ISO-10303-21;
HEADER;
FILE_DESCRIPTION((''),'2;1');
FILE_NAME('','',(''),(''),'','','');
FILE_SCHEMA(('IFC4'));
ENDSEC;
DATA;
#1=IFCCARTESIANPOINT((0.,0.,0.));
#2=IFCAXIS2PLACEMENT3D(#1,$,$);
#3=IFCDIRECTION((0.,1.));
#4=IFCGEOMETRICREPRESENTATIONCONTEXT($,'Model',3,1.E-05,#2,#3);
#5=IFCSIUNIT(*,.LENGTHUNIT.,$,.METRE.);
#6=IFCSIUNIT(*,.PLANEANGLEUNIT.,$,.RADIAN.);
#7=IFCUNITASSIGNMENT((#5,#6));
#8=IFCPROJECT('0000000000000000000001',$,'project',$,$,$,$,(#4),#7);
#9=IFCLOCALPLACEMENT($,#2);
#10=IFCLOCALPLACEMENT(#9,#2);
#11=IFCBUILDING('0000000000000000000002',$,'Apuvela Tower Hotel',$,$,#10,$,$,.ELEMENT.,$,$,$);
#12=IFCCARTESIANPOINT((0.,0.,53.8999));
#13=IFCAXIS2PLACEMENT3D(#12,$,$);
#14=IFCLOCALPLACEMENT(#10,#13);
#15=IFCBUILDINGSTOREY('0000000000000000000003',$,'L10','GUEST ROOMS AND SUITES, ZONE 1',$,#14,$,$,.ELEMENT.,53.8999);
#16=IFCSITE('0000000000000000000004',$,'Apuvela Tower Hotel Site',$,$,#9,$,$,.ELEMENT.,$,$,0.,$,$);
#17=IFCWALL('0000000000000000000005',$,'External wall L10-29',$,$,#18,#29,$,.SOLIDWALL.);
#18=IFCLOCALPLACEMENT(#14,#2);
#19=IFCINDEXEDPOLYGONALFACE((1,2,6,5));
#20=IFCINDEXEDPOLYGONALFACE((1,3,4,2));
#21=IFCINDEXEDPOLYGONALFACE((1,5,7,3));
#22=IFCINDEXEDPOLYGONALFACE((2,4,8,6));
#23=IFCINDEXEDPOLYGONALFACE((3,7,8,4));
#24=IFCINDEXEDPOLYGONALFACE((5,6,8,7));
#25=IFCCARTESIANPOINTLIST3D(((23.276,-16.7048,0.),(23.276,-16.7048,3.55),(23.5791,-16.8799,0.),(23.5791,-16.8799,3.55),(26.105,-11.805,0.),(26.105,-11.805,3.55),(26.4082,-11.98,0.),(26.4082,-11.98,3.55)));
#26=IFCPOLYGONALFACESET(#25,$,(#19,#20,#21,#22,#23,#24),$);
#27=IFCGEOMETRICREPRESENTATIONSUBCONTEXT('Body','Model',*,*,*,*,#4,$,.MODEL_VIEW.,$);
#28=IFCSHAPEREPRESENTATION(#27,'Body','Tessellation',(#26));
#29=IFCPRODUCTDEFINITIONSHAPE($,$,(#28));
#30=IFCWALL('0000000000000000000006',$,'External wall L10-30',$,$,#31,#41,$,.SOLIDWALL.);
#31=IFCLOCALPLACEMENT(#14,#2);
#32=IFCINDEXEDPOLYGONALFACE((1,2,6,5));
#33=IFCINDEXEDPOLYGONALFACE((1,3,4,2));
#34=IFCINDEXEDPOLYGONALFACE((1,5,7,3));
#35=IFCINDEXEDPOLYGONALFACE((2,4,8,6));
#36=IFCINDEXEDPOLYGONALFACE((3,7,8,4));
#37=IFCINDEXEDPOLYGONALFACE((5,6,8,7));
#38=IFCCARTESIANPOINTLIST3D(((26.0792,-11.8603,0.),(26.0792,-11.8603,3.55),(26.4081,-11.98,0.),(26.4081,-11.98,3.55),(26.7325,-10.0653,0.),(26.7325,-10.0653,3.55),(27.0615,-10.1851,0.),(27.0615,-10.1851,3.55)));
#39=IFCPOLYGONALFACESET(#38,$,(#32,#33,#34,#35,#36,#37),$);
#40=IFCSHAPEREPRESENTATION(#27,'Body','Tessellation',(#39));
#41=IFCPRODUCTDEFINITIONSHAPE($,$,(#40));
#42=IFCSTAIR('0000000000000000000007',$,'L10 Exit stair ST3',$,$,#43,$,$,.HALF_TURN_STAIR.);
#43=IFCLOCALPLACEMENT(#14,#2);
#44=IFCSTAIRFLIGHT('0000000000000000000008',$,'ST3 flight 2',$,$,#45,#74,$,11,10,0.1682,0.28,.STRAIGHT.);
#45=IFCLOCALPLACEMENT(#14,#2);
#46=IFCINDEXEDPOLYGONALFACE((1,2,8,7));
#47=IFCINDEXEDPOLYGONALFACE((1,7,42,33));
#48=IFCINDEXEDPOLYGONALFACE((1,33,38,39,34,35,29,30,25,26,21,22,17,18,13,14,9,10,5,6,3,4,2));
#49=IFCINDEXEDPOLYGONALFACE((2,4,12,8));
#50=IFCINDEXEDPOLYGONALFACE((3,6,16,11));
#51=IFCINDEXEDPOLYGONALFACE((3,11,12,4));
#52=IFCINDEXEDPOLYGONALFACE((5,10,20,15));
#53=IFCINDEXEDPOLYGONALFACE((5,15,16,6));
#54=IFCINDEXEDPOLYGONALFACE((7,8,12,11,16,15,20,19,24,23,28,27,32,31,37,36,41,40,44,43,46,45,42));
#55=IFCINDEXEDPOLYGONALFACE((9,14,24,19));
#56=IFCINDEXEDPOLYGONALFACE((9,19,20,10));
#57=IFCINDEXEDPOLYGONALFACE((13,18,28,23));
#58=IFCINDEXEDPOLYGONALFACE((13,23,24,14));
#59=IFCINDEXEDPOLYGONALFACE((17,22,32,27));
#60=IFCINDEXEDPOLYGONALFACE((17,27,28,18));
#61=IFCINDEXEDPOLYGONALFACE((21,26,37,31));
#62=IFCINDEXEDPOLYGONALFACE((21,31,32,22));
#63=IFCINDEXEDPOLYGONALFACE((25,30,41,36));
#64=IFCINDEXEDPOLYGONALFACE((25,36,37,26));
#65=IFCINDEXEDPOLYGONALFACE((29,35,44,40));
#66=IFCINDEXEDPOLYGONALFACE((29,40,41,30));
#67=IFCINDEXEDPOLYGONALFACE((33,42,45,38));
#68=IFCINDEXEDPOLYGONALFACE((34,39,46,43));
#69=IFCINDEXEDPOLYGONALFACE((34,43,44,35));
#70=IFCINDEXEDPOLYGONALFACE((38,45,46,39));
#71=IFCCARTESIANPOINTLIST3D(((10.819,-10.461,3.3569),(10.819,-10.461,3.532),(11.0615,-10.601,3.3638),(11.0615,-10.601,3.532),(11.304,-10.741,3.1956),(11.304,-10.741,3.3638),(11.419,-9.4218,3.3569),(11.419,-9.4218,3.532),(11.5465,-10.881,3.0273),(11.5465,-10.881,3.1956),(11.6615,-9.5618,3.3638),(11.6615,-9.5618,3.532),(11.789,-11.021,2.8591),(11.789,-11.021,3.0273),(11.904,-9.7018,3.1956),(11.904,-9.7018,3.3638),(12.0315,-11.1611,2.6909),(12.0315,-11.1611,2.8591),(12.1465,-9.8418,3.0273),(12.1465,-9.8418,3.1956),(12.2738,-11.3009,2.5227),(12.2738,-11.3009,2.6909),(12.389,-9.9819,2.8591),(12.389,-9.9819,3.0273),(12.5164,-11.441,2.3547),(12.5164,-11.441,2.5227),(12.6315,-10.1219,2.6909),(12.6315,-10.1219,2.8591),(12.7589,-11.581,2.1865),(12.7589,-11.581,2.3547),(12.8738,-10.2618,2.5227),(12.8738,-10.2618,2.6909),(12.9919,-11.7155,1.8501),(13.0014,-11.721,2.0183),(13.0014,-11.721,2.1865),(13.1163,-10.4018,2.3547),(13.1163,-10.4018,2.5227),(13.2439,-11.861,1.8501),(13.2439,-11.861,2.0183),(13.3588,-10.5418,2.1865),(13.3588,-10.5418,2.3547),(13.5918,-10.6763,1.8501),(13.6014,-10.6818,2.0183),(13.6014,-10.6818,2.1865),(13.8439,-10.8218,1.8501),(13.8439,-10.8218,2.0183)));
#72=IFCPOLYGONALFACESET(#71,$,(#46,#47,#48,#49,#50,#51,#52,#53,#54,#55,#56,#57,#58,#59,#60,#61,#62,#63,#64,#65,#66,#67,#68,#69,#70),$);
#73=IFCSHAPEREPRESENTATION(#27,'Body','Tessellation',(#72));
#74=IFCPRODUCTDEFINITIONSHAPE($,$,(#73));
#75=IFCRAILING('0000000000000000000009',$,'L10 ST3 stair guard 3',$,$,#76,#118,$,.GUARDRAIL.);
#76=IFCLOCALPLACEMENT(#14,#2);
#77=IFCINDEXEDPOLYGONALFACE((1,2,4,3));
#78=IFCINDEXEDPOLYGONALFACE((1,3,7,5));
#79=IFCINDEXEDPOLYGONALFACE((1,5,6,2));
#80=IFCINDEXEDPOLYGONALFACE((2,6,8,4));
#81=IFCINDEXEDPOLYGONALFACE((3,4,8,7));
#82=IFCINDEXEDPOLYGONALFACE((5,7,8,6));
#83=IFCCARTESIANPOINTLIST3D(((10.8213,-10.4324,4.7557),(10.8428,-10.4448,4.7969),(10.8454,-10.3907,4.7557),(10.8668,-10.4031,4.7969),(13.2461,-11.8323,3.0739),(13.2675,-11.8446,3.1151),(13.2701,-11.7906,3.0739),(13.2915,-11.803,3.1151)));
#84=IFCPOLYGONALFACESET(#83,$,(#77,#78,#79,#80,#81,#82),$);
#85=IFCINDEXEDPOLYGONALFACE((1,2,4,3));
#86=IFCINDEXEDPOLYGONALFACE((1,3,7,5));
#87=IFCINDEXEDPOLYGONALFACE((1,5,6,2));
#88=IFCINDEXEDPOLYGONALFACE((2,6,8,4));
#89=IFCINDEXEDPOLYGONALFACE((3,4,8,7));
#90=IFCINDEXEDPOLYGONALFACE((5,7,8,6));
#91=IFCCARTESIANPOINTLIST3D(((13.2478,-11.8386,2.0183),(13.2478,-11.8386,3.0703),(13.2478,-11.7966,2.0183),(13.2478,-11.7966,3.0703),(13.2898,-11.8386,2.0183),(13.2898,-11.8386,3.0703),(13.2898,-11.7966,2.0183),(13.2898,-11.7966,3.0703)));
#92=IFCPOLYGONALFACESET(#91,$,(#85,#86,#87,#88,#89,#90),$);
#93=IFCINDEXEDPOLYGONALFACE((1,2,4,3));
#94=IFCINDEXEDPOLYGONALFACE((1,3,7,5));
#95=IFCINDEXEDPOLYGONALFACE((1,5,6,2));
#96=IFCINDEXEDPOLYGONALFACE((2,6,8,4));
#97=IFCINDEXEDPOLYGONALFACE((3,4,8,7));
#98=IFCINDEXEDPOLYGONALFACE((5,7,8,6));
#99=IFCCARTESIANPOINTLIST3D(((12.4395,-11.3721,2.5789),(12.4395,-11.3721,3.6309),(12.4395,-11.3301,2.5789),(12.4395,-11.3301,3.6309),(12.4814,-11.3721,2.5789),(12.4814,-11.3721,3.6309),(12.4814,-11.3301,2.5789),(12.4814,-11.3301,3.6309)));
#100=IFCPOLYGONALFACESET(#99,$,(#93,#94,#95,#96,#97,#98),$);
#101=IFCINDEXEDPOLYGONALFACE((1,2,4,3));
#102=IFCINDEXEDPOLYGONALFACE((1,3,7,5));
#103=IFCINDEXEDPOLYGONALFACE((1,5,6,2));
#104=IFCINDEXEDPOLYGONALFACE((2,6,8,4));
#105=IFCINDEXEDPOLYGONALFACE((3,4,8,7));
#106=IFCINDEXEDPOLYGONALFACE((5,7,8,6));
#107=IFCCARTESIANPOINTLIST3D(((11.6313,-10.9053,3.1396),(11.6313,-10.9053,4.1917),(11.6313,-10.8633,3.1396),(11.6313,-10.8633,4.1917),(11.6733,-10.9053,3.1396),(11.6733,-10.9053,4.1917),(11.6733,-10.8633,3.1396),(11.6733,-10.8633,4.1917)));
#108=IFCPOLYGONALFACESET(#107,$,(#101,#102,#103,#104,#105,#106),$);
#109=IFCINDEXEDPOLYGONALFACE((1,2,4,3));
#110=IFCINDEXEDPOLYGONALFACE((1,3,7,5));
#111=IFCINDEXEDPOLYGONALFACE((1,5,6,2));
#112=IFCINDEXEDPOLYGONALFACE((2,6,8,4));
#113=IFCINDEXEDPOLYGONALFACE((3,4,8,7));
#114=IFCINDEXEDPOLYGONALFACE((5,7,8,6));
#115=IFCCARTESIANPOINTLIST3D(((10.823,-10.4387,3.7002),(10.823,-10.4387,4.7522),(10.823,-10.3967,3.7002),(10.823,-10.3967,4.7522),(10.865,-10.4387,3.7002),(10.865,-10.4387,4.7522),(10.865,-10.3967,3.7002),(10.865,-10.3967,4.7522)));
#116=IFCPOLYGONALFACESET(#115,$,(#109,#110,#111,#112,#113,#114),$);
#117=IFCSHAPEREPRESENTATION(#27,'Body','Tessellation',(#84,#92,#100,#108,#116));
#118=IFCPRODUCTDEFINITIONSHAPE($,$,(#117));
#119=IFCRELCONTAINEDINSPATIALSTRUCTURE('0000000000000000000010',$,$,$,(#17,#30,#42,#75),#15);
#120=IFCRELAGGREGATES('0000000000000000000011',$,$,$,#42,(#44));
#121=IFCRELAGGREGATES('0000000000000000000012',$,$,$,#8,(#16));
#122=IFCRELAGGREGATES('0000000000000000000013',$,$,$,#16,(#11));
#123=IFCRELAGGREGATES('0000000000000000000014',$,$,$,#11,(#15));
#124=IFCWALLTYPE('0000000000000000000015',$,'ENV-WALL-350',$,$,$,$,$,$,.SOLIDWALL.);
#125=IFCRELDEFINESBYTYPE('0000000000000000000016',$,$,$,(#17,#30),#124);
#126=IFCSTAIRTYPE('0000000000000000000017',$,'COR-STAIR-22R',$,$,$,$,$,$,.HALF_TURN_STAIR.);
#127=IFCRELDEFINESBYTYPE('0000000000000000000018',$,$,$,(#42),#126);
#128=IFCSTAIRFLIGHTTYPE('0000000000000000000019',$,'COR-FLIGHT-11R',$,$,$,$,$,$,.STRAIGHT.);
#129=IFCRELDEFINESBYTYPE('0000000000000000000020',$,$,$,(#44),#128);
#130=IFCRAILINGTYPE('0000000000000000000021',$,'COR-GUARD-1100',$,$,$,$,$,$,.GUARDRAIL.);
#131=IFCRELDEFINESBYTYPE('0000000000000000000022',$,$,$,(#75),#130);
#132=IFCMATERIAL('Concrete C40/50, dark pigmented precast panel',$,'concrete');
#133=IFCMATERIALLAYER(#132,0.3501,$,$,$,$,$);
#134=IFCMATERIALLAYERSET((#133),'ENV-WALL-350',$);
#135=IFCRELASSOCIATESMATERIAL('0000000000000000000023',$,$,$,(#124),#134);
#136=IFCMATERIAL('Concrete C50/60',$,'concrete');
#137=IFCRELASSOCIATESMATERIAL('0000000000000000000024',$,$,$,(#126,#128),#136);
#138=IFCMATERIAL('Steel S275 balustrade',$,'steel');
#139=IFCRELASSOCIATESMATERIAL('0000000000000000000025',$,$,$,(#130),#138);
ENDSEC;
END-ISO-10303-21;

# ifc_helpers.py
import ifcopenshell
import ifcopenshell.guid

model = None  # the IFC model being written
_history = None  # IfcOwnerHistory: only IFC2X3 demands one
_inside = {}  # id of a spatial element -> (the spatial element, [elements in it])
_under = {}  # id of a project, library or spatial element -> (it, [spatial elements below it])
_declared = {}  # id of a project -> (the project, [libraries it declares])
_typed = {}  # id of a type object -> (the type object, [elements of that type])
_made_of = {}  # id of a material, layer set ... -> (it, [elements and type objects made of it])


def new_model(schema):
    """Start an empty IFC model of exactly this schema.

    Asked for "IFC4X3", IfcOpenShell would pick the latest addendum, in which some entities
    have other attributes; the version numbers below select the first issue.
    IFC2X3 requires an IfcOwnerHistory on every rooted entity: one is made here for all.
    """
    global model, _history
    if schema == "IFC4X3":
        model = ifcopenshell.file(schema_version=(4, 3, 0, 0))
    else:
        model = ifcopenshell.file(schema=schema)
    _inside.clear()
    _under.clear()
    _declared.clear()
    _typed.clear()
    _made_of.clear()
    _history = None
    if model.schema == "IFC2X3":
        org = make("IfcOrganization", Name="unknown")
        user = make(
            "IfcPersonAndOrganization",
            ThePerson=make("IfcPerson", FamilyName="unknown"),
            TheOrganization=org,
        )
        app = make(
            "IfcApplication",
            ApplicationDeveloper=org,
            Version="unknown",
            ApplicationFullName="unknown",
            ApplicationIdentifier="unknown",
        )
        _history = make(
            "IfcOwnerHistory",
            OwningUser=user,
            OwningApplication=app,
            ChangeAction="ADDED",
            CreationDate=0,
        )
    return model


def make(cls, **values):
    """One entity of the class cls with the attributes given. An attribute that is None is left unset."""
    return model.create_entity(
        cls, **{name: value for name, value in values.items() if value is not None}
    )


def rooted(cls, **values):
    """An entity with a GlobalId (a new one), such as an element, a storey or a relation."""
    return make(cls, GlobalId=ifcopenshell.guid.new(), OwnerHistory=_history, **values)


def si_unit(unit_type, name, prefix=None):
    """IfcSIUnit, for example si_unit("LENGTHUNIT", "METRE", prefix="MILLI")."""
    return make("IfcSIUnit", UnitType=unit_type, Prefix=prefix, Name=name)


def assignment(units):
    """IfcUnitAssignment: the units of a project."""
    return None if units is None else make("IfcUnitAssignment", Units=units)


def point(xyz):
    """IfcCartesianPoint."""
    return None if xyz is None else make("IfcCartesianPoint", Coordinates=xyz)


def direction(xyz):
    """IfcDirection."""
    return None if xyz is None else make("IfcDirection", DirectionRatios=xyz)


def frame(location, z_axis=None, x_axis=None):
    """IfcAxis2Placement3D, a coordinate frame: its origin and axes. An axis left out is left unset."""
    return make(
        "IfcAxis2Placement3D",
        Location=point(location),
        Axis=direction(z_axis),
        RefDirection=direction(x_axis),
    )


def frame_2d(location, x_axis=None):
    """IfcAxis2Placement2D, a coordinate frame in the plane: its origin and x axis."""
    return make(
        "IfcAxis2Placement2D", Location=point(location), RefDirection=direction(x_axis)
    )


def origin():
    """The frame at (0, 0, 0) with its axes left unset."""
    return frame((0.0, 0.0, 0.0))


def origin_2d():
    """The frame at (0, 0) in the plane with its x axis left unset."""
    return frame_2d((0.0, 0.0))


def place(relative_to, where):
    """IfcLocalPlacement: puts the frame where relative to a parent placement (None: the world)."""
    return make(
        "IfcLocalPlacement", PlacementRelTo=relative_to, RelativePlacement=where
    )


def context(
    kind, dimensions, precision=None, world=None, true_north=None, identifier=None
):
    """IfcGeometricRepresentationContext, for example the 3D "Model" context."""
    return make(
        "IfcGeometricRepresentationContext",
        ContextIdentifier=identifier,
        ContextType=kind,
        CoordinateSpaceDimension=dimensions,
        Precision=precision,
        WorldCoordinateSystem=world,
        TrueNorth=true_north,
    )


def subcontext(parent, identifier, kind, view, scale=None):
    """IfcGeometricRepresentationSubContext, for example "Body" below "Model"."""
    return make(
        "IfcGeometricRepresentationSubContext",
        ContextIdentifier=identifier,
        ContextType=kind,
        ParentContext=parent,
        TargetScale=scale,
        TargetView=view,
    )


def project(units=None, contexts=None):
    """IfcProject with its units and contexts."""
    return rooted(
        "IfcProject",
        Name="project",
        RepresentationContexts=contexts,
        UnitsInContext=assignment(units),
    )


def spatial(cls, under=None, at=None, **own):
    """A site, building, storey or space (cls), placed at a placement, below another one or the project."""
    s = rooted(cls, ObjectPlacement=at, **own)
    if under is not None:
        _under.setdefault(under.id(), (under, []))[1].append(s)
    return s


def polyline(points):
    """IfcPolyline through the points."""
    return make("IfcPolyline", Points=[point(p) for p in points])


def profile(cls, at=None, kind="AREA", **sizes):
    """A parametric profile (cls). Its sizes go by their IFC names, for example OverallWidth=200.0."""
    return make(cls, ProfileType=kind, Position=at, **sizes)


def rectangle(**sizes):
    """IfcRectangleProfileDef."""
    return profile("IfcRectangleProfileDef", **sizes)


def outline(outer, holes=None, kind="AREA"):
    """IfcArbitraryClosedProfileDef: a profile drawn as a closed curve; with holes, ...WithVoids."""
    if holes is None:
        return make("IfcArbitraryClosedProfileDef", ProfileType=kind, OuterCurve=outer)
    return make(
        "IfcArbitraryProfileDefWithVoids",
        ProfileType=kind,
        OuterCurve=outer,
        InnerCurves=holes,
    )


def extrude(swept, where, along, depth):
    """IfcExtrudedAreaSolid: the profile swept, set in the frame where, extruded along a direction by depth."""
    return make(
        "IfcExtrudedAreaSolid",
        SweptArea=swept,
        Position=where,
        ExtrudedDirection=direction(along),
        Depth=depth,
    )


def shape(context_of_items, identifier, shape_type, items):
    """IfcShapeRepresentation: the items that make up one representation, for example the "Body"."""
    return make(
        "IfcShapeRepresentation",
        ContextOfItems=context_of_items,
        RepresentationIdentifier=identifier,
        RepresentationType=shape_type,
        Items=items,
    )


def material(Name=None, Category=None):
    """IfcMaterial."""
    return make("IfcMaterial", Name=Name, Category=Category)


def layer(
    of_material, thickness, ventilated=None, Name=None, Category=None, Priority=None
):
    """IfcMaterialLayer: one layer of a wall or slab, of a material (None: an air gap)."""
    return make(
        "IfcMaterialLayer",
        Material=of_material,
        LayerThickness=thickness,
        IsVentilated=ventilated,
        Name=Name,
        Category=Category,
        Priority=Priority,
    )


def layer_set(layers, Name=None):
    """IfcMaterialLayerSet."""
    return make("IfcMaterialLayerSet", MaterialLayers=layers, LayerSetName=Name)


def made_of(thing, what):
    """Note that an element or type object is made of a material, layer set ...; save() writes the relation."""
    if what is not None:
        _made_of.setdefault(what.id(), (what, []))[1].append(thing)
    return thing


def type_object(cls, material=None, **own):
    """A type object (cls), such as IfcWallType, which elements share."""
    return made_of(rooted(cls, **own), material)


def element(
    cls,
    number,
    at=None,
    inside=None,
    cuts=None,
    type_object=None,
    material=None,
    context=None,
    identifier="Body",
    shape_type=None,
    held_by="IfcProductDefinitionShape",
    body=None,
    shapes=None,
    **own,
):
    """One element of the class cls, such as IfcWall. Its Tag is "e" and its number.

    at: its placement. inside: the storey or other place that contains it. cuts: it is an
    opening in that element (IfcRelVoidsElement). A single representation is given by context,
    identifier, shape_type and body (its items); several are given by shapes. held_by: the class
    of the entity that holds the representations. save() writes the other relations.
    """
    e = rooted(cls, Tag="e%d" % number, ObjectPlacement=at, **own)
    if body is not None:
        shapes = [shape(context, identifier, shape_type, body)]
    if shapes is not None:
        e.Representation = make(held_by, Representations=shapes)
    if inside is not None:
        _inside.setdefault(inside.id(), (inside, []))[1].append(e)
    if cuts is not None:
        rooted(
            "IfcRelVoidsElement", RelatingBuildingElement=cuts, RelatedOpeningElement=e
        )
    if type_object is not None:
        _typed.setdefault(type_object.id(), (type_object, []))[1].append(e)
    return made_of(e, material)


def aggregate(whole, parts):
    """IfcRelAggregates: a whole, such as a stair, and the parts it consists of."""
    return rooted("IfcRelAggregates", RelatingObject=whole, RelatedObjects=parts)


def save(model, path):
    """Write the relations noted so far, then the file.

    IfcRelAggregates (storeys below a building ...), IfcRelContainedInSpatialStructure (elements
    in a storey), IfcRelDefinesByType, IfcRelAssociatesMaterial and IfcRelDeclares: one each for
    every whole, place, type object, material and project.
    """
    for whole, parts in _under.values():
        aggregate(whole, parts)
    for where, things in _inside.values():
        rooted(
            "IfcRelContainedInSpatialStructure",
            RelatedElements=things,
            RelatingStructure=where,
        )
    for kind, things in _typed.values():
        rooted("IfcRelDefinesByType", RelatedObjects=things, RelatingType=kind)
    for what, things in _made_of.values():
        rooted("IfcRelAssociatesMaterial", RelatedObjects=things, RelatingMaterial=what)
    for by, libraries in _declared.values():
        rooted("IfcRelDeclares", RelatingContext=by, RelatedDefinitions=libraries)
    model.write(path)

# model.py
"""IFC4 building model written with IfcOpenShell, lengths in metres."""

from ifc_helpers import new_model, si_unit, direction, frame, frame_2d, origin, origin_2d, place, context, subcontext, project, spatial, polyline, rectangle, outline, extrude, material, layer, layer_set, type_object, element, aggregate, save


model = new_model("IFC4")

# Units and contexts
model_context = context("Model", 3, precision=1e-05, world=origin(), true_north=direction((0.0, 1.0)))
body_context = subcontext(model_context, "Body", "Model", "MODEL_VIEW")
ifc_project = project(units=[si_unit("LENGTHUNIT", "METRE"), si_unit("PLANEANGLEUNIT", "RADIAN")], contexts=[model_context])

# Site, building, storey
site_placement = place(None, origin())
site = spatial("IfcSite", under=ifc_project, at=site_placement, Name="Apuvela Tower Hotel Site", CompositionType="ELEMENT", RefElevation=0.0)
building_placement = place(site_placement, origin())
building = spatial("IfcBuilding", under=site, at=building_placement, Name="Apuvela Tower Hotel", CompositionType="ELEMENT")
storey_placement = place(building_placement, frame((0.0, 0.0, 53.8999)))
storey = spatial("IfcBuildingStorey", under=building, at=storey_placement, Name="L10", Description="GUEST ROOMS AND SUITES, ZONE 1", CompositionType="ELEMENT", Elevation=53.8999)

# Shared definitions
ifc_material_1 = material(Name="Concrete C50/60", Category="concrete")

# Shared definitions
ifc_material_2 = material(Name="Concrete C40/50, dark pigmented precast panel", Category="concrete")
ifc_layer_1 = layer(ifc_material_2, 0.3501)
ifc_layer_set_1 = layer_set([ifc_layer_1], Name="ENV-WALL-350")
wall_type_1 = type_object("IfcWallType", Name="ENV-WALL-350", PredefinedType="SOLIDWALL", material=ifc_layer_set_1)

# Walls
wall_1_placement = place(storey_placement, frame((23.4275, -16.7925, 0.0), z_axis=(0.0, 0.0, 1.0), x_axis=(0.500019, 0.866015, 0.0)))
element("IfcWall", 1, at=wall_1_placement, inside=storey, type_object=wall_type_1, Name="External wall L10-29", PredefinedType="SOLIDWALL", context=body_context, shape_type="SweptSolid", body=[
    extrude(rectangle(XDim=5.658, YDim=0.3501, at=frame_2d((2.8291, 0.0))), origin(), (0.0, 0.0, 1.0), 3.55),
])
wall_2_placement = place(storey_placement, frame((26.2437, -11.9202, 0.0), z_axis=(0.0, 0.0, 1.0), x_axis=(0.34203, 0.939689, 0.0)))
element("IfcWall", 2, at=wall_2_placement, inside=storey, type_object=wall_type_1, Name="External wall L10-30", PredefinedType="SOLIDWALL", context=body_context, shape_type="SweptSolid", body=[
    extrude(rectangle(XDim=1.9102, YDim=0.3501, at=frame_2d((0.9551, 0.0))), origin(), (0.0, 0.0, 1.0), 3.55),
])

# Stair, stair flight
stair_type = type_object("IfcStairType", Name="COR-STAIR-22R", PredefinedType="HALF_TURN_STAIR", material=ifc_material_1)
stair_placement = place(storey_placement, origin())
stair = element("IfcStair", 3, at=stair_placement, inside=storey, type_object=stair_type, Name="L10 Exit stair ST3", PredefinedType="HALF_TURN_STAIR")
stair_flight_type = type_object("IfcStairFlightType", Name="COR-FLIGHT-11R", PredefinedType="STRAIGHT", material=ifc_material_1)
stair_flight_placement = place(storey_placement, frame((13.5439, -11.3413, 1.8501), z_axis=(0.0, 0.0, 1.0), x_axis=(-0.866025, 0.5, 0.0)))
stair_flight = element("IfcStairFlight", 4, at=stair_flight_placement, type_object=stair_flight_type, Name="ST3 flight 2", NumberOfRisers=11, NumberOfTreads=10, PredefinedType="STRAIGHT", RiserHeight=0.1682, TreadLength=0.28, context=body_context, shape_type="SweptSolid", body=[
    extrude(outline(polyline([(0.0, 0.0), (0.0, 0.1682), (0.28, 0.1682), (0.28, 0.3364), (0.5601, 0.3364), (0.5601, 0.5046), (0.8401, 0.5046), (0.8401, 0.6726), (1.1201, 0.6726), (1.1201, 0.8408), (1.3999, 0.8408), (1.3999, 1.009), (1.6799, 1.009), (1.6799, 1.1772), (1.96, 1.1772), (1.96, 1.3455), (2.24, 1.3455), (2.24, 1.5137), (2.52, 1.5137), (2.52, 1.6819), (2.8, 1.6819), (2.8, 1.8501), (2.8, 1.5068), (0.291, 0.0), (0.0, 0.0)])), frame((0.0, 0.6001, 0.0), z_axis=(0.0, -1.0, 0.0), x_axis=(1.0, 0.0, 0.0)), (0.0, 0.0, 1.0), 1.2),
])
aggregate(stair, [stair_flight])

# Railing
ifc_material_3 = material(Name="Steel S275 balustrade", Category="steel")
railing_type = type_object("IfcRailingType", Name="COR-GUARD-1100", PredefinedType="GUARDRAIL", material=ifc_material_3)
railing_placement = place(storey_placement, frame((13.2688, -11.8176, 2.0183)))
element("IfcRailing", 5, at=railing_placement, inside=storey, type_object=railing_type, Name="L10 ST3 stair guard 3", PredefinedType="GUARDRAIL", context=body_context, shape_type="SweptSolid", body=[
    extrude(rectangle(XDim=0.0481, YDim=0.0481, at=origin_2d()), frame((0.0, 0.0, 1.0762), z_axis=(-0.74239, 0.428601, 0.514934), x_axis=(-0.499984, -0.866035, 0.0)), (0.0, 0.0, 1.0), 3.2661),
    extrude(rectangle(XDim=0.042, YDim=0.042, at=origin_2d()), origin(), (0.0, 0.0, 1.0), 1.052),
    extrude(rectangle(XDim=0.042, YDim=0.042, at=origin_2d()), frame((-0.8083, 0.4666, 0.5605)), (0.0, 0.0, 1.0), 1.052),
    extrude(rectangle(XDim=0.042, YDim=0.042, at=origin_2d()), frame((-1.6165, 0.9333, 1.1213)), (0.0, 0.0, 1.0), 1.052),
    extrude(rectangle(XDim=0.042, YDim=0.042, at=origin_2d()), frame((-2.4248, 1.3999, 1.6819)), (0.0, 0.0, 1.0), 1.052),
])

save(model, "model.ifc")
